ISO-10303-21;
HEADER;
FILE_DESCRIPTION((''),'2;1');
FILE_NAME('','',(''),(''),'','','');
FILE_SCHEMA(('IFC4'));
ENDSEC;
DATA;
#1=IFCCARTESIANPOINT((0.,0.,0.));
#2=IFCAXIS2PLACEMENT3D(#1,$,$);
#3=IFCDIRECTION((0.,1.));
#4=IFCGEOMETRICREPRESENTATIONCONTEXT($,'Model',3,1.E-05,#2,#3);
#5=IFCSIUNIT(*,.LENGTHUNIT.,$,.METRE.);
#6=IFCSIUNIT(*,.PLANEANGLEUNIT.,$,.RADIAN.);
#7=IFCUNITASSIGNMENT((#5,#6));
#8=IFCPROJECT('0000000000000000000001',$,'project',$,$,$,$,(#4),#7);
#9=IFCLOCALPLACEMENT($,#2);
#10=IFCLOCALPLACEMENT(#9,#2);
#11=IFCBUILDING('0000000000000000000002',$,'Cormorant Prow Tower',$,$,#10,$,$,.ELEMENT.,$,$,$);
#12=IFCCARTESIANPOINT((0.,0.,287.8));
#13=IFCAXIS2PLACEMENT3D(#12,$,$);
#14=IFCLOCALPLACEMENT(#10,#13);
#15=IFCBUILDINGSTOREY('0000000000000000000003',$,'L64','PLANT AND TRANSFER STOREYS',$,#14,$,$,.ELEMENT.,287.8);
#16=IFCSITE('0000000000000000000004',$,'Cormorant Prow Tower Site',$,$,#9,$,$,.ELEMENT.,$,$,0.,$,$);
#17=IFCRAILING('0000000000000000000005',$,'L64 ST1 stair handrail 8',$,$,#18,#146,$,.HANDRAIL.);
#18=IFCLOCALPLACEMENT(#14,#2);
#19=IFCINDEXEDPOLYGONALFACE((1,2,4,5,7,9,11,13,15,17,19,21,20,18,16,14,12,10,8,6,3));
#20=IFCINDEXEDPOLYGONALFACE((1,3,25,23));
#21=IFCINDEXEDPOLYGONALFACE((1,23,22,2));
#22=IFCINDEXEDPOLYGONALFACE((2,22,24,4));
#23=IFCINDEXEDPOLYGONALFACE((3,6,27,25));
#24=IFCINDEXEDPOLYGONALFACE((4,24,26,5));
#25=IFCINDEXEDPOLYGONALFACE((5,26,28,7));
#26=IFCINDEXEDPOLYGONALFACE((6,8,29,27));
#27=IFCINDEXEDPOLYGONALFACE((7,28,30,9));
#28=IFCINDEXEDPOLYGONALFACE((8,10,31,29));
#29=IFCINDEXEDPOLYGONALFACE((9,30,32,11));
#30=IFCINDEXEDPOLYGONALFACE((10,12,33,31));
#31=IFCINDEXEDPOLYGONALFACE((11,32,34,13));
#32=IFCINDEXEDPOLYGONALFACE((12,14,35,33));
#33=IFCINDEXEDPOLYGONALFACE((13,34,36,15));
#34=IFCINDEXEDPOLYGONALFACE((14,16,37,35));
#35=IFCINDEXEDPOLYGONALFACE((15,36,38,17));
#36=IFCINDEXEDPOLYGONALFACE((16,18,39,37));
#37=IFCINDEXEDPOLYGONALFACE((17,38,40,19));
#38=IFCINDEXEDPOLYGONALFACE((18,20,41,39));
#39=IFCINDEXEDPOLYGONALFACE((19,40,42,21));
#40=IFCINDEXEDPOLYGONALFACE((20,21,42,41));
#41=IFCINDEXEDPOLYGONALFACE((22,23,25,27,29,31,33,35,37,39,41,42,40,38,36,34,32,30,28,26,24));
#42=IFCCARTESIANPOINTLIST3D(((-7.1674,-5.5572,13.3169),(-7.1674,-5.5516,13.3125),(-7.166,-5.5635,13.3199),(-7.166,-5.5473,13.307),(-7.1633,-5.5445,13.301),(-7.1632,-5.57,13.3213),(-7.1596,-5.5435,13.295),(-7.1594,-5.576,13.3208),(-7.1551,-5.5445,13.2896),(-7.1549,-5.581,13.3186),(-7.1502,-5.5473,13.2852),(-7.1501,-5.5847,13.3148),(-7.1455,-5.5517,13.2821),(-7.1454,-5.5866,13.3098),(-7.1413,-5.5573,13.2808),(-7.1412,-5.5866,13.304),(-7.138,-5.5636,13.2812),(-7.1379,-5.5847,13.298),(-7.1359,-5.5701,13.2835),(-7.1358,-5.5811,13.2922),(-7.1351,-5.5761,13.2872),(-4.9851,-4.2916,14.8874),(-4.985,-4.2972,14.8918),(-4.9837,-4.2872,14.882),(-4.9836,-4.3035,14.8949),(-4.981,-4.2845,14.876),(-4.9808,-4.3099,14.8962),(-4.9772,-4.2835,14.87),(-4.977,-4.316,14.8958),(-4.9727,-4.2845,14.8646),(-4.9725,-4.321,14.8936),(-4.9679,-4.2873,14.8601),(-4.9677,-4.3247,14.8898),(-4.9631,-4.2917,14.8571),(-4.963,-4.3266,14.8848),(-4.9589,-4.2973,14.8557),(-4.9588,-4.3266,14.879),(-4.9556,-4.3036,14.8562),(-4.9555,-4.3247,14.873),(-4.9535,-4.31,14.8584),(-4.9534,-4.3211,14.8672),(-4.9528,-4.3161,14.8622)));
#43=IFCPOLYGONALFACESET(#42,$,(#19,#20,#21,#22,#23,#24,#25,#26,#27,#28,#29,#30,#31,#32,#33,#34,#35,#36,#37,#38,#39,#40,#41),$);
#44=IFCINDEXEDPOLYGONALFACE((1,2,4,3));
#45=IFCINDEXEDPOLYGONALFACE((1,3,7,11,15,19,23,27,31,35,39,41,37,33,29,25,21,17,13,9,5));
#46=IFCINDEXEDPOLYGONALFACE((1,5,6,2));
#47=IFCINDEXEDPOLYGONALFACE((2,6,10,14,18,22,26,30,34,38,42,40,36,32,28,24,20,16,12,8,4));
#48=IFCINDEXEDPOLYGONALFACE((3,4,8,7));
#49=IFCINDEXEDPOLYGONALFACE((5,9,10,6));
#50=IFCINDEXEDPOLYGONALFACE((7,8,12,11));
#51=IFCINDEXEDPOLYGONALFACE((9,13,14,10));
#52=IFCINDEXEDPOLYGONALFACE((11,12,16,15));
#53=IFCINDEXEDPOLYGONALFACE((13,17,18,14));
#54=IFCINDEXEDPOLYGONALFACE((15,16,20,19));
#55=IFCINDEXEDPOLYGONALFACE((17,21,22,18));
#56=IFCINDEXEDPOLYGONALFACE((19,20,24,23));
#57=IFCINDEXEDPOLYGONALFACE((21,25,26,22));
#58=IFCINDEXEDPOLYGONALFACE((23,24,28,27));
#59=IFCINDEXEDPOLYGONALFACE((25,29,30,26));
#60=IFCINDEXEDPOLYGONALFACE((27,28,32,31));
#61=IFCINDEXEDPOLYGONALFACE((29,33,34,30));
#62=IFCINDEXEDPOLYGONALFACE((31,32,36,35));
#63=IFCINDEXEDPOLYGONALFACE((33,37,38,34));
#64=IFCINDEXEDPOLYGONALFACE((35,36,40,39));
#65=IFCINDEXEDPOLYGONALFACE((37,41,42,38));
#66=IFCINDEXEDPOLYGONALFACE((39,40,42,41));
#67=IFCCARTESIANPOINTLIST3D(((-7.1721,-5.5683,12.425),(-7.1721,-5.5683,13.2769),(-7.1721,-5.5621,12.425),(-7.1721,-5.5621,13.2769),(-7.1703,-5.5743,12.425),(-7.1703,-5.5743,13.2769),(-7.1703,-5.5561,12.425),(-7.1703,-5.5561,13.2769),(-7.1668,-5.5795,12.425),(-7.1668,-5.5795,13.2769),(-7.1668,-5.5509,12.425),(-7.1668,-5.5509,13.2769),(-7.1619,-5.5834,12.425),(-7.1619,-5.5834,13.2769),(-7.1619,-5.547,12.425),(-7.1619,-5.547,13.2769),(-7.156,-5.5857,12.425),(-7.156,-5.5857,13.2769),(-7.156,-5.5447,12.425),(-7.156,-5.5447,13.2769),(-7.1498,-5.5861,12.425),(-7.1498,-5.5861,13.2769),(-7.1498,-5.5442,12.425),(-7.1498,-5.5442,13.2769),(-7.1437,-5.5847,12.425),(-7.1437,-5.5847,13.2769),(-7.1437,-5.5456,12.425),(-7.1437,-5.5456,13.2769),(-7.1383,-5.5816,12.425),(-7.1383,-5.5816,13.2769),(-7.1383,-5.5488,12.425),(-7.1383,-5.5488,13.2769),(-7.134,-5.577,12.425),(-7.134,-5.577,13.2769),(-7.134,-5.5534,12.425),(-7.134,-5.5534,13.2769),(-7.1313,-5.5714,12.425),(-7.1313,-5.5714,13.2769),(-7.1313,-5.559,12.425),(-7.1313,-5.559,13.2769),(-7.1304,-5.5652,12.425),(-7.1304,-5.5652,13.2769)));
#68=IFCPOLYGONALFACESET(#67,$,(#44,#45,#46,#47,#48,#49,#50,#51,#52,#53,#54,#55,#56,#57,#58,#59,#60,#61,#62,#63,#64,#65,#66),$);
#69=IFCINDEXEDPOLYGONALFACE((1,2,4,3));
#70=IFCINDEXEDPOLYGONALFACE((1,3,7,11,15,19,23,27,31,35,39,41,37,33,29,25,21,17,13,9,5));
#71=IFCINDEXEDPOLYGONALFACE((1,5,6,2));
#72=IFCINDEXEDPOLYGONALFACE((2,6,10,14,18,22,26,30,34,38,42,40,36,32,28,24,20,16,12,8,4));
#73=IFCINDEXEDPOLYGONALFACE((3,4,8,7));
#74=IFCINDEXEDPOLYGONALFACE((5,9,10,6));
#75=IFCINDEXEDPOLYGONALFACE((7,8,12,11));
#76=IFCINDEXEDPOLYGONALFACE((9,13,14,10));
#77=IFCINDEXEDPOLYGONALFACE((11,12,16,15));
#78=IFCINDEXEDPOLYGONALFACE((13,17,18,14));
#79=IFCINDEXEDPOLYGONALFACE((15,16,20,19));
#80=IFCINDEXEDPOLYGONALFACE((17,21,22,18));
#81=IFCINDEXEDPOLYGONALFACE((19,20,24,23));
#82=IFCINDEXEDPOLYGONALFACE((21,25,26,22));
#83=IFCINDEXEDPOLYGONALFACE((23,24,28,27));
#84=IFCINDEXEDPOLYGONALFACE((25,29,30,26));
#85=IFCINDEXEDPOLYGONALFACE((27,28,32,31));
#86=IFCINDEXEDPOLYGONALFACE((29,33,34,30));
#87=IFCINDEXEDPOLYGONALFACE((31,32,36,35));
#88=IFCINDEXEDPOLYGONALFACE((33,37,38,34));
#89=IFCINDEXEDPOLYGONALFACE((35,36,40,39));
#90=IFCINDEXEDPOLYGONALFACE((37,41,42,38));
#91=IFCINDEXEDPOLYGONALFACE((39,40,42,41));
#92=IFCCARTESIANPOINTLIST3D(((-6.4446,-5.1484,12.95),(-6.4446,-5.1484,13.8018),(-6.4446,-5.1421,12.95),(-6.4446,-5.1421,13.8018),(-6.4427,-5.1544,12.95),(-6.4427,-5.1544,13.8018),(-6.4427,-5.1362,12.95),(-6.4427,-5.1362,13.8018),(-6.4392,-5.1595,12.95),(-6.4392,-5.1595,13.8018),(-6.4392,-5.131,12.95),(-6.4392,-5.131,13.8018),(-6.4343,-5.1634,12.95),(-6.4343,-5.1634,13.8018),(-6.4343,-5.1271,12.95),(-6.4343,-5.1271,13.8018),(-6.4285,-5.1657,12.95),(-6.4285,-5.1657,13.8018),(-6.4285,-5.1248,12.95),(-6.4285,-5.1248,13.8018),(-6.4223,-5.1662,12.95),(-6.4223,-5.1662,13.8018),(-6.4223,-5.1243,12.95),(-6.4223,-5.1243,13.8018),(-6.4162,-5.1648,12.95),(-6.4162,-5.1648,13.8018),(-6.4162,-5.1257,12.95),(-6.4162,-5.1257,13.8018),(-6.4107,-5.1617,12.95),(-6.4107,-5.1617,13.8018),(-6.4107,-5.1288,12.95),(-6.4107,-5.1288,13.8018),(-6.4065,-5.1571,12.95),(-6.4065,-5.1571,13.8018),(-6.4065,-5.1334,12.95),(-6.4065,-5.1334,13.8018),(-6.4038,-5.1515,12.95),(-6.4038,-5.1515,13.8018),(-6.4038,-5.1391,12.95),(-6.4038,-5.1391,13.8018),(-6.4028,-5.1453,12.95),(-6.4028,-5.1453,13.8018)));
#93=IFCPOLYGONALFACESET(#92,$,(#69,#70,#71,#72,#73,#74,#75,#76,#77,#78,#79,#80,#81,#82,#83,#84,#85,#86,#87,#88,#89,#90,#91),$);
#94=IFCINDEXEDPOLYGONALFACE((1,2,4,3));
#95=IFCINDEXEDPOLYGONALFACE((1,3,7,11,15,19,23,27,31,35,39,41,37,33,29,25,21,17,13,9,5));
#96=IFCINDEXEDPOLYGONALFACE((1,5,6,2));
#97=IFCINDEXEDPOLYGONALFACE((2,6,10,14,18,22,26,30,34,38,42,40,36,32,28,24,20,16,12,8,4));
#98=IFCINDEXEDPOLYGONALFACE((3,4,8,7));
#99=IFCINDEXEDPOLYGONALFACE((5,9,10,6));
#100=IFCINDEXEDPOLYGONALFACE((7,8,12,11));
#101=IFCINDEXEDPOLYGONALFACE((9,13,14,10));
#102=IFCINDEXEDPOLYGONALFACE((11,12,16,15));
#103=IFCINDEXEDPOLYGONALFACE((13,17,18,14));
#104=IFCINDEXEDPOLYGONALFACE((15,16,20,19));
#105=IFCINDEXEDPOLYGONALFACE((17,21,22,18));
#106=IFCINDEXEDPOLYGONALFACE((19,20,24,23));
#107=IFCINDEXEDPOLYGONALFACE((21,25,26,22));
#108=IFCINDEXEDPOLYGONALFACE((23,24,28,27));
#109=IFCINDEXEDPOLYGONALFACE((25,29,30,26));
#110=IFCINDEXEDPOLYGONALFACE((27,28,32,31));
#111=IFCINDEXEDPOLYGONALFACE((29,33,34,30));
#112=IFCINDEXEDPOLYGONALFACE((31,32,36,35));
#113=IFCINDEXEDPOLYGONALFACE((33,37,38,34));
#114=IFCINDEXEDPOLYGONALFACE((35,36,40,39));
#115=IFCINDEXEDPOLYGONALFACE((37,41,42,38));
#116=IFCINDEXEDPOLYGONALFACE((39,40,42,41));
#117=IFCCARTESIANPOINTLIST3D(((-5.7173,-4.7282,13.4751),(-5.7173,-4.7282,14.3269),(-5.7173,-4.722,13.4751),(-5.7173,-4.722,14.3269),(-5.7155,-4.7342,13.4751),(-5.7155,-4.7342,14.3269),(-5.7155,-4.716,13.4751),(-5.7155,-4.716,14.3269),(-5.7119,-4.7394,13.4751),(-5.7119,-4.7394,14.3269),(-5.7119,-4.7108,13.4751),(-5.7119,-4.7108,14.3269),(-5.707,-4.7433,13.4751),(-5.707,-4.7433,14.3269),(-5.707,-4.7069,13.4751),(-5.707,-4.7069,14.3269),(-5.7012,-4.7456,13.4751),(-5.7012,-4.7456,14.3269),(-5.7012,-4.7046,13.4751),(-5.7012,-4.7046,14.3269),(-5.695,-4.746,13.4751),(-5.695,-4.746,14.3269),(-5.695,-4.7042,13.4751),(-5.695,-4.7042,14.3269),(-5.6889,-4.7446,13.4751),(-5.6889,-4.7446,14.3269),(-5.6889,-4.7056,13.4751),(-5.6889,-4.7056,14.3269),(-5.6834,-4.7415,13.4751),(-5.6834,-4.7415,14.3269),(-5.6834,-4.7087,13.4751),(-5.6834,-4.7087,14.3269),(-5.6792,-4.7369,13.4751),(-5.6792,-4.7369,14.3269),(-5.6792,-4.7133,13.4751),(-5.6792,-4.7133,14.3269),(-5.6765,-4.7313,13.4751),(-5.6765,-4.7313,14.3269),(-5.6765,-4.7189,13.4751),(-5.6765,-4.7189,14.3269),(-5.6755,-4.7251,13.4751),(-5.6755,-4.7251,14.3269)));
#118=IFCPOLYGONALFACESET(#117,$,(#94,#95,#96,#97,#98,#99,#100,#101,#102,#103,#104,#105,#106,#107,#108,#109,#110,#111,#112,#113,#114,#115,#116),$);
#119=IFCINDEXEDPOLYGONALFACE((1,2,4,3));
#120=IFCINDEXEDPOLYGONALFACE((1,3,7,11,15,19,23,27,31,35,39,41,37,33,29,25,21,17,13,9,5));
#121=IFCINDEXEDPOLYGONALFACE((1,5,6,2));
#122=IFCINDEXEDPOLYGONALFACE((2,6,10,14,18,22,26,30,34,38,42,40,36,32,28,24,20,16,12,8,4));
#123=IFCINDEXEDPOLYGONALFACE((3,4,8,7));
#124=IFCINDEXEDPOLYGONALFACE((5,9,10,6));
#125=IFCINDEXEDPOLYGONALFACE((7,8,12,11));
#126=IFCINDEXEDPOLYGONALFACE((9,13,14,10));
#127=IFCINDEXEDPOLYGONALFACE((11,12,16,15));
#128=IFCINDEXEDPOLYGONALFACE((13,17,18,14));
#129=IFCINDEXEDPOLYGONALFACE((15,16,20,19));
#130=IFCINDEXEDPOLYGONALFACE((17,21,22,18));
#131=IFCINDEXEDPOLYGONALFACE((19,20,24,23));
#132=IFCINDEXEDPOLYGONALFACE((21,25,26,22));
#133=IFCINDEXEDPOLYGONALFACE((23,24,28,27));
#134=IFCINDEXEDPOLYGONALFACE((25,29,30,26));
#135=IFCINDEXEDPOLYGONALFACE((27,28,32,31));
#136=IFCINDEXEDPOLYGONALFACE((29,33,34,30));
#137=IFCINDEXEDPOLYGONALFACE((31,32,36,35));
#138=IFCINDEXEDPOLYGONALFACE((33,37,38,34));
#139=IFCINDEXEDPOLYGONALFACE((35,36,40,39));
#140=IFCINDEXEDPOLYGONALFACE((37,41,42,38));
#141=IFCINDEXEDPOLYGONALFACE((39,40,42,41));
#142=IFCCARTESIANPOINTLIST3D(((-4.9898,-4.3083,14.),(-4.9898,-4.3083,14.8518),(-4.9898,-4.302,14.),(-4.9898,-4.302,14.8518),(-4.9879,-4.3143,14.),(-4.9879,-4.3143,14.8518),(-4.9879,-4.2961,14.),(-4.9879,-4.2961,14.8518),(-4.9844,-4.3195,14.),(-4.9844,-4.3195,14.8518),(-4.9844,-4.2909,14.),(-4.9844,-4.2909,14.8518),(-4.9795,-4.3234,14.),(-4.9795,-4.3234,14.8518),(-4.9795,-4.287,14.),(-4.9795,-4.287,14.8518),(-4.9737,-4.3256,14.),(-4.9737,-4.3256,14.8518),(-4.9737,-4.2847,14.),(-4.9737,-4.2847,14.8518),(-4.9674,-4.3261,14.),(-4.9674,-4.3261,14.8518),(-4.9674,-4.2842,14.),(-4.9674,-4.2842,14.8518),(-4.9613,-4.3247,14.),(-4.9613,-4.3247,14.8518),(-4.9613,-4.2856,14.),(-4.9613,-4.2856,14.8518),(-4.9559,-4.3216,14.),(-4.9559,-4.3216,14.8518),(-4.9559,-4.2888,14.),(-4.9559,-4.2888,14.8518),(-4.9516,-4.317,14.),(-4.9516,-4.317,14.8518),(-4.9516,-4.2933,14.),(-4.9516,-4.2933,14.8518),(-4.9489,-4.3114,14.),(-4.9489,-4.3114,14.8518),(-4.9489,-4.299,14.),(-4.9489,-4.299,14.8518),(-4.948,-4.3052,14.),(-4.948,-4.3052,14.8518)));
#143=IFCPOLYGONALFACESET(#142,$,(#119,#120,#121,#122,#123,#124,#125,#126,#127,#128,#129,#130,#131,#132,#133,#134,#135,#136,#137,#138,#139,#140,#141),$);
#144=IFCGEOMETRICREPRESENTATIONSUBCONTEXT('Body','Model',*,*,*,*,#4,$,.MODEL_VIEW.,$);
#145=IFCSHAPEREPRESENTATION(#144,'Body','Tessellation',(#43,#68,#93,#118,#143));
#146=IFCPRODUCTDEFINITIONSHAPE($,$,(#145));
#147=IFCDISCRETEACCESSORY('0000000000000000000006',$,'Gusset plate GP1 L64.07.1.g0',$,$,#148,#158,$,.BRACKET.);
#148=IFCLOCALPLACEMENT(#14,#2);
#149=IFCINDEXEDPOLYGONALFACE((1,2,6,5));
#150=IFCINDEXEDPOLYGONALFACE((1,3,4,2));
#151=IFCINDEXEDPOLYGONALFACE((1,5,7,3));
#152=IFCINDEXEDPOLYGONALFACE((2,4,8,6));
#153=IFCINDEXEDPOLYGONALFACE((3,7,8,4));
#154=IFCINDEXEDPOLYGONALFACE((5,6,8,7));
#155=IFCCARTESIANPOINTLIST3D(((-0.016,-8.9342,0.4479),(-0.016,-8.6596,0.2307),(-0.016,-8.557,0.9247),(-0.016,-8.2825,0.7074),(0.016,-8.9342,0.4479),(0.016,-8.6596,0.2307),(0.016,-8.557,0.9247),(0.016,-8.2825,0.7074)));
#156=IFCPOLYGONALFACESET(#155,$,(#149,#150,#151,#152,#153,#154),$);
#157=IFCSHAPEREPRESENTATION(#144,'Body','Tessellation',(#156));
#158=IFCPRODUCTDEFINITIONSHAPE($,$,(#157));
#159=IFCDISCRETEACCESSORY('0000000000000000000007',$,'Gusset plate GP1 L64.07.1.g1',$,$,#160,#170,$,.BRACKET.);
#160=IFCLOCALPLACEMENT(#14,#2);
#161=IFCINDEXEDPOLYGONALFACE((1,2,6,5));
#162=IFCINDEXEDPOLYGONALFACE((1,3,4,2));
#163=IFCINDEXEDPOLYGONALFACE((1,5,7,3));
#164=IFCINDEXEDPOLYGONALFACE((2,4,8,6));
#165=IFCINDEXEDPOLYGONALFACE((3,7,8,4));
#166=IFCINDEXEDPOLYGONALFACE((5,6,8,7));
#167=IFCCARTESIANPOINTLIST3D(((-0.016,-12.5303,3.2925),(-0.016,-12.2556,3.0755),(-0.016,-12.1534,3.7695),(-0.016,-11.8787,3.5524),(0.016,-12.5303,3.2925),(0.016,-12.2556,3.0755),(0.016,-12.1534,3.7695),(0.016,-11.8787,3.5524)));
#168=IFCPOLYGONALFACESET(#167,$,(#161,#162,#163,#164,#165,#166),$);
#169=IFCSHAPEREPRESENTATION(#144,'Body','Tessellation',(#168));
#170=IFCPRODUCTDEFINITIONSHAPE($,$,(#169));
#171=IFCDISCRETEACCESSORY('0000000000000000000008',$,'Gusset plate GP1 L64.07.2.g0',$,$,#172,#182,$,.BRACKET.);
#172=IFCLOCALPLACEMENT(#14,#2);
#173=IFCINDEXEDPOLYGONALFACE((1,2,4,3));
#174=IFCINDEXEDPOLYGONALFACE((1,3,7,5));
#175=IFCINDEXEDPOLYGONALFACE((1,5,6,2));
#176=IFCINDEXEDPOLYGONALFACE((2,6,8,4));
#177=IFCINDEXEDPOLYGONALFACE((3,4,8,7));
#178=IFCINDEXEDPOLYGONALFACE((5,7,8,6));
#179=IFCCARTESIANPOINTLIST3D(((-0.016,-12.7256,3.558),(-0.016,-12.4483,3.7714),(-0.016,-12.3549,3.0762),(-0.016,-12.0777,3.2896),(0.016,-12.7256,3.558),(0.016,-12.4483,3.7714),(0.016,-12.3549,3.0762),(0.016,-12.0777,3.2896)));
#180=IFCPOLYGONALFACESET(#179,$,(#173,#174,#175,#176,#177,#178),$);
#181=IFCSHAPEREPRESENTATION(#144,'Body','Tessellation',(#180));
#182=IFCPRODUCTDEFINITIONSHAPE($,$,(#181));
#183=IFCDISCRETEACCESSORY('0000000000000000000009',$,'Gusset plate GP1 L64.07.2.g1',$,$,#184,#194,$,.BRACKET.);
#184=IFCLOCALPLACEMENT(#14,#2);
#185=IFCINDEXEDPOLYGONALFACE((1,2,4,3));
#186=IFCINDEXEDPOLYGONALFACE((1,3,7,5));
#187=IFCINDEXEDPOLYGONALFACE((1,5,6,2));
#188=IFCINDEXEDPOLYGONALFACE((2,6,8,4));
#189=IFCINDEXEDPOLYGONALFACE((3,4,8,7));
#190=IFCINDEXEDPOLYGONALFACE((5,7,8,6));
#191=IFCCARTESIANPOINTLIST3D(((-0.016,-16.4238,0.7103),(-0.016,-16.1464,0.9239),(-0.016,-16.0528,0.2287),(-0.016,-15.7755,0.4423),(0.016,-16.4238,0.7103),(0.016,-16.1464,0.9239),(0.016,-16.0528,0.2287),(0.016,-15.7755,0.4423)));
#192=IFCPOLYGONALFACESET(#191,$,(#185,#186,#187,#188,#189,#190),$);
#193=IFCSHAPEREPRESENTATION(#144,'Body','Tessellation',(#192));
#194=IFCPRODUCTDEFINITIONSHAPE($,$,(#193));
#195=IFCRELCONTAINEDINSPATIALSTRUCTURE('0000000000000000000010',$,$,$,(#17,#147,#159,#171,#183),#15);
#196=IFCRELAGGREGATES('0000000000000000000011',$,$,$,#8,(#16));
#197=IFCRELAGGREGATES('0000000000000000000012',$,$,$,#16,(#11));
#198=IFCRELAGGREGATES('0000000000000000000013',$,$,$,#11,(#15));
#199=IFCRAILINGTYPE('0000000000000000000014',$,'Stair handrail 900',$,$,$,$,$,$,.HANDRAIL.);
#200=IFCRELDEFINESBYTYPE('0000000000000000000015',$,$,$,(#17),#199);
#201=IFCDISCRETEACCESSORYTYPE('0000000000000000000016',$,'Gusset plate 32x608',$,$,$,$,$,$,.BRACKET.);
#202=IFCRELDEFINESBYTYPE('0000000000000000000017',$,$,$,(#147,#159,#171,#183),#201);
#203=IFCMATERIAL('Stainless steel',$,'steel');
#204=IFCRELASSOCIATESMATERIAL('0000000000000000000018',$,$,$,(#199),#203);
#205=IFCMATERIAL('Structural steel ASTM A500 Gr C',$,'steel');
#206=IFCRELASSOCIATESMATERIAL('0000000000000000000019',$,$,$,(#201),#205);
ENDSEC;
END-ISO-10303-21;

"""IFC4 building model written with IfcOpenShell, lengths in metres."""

from ifc_helpers import new_model, si_unit, direction, frame, origin, origin_2d, place, context, subcontext, project, spatial, rectangle, circle, extrude, material, material_profile, profile_set, type_object, element, save


model = new_model("IFC4")

# Units and contexts
model_context = context("Model", 3, precision=1e-05, world=origin(), true_north=direction((0.0, 1.0)))
body_context = subcontext(model_context, "Body", "Model", "MODEL_VIEW")
ifc_project = project(units=[si_unit("LENGTHUNIT", "METRE"), si_unit("PLANEANGLEUNIT", "RADIAN")], contexts=[model_context])

# Site, building, storey
site_placement = place(None, origin())
site = spatial("IfcSite", under=ifc_project, at=site_placement, Name="Cormorant Prow Tower Site", CompositionType="ELEMENT", RefElevation=0.0)
building_placement = place(site_placement, origin())
building = spatial("IfcBuilding", under=site, at=building_placement, Name="Cormorant Prow Tower", CompositionType="ELEMENT")
storey_placement = place(building_placement, frame((0.0, 0.0, 287.8)))
storey = spatial("IfcBuildingStorey", under=building, at=storey_placement, Name="L64", Description="PLANT AND TRANSFER STOREYS", CompositionType="ELEMENT", Elevation=287.8)

# Railing
ifc_material_1 = material(Name="Stainless steel", Category="steel")
railing_type_1 = type_object("IfcRailingType", Name="Stair handrail 900", PredefinedType="HANDRAIL", material=ifc_material_1)
railing_1_placement = place(storey_placement, frame((-7.1514, -5.5652, 12.425)))
element("IfcRailing", 1, at=railing_1_placement, inside=storey, type_object=railing_type_1, Name="L64 ST1 stair handrail 8", PredefinedType="HANDRAIL", context=body_context, shape_type="SweptSolid", body=[
    extrude(circle(Radius=0.0239, at=origin_2d()), frame((0.0, 0.0, 0.876), z_axis=(0.734392, 0.424007, 0.529988), x_axis=(-0.500005, 0.866023, 0.0)), (0.0, 0.0, 1.0), 2.9717),
    extrude(circle(Radius=0.021, at=origin_2d()), origin(), (0.0, 0.0, 1.0), 0.8518),
    extrude(circle(Radius=0.021, at=origin_2d()), frame((0.7275, 0.4199, 0.5249)), (0.0, 0.0, 1.0), 0.8518),
    extrude(circle(Radius=0.021, at=origin_2d()), frame((1.4548, 0.8401, 1.05)), (0.0, 0.0, 1.0), 0.8518),
    extrude(circle(Radius=0.021, at=origin_2d()), frame((2.1824, 1.26, 1.575)), (0.0, 0.0, 1.0), 0.8518),
])

# Discrete accessories
ifc_material_2 = material(Name="Structural steel ASTM A500 Gr C", Category="steel")
ifc_material_profile_1 = material_profile(ifc_material_2, rectangle(XDim=0.032, YDim=0.6079, at=origin_2d()), Name="Gusset plate 32x608")
ifc_profile_set_1 = profile_set([ifc_material_profile_1], Name="Structural steel ASTM A500 Gr C")
discrete_accessory_type = type_object("IfcDiscreteAccessoryType", Name="Gusset plate 32x608", PredefinedType="BRACKET", material=ifc_profile_set_1)
for number, where, z_axis, x_axis, name in (
    (2, (0.0, -8.7456, 0.6863), (0.0, 0.784258, -0.620435), (-1.0, 0.0, 0.0), "Gusset plate GP1 L64.07.1.g0"),
    (3, (0.0, -12.0671, 3.314), (0.0, -0.784597, 0.620006), (1.0, 0.0, 0.0), "Gusset plate GP1 L64.07.1.g1"),
):
    element("IfcDiscreteAccessory", number, at=place(storey_placement, frame(where, z_axis=z_axis, x_axis=x_axis)), inside=storey, type_object=discrete_accessory_type, Name=name, PredefinedType="BRACKET", context=body_context, shape_type="SweptSolid", body=[
        extrude(rectangle(XDim=0.032, YDim=0.6079, at=origin_2d()), origin(), (0.0, 0.0, 1.0), 0.3501),
    ])
discrete_accessory_1_placement = place(storey_placement, frame((0.0, -12.5403, 3.3171), z_axis=(0.0, 0.792572, 0.609778), x_axis=(-1.0, 0.0, 0.0)))
element("IfcDiscreteAccessory", 4, at=discrete_accessory_1_placement, inside=storey, type_object=discrete_accessory_type, Name="Gusset plate GP1 L64.07.2.g0", PredefinedType="BRACKET", context=body_context, shape_type="SweptSolid", body=[
    extrude(rectangle(XDim=0.032, YDim=0.6079, at=origin_2d()), origin(), (0.0, 0.0, 1.0), 0.3499),
])
discrete_accessory_2_placement = place(storey_placement, frame((0.0, -15.9609, 0.6831), z_axis=(0.0, -0.792235, -0.610216), x_axis=(1.0, 0.0, 0.0)))
element("IfcDiscreteAccessory", 5, at=discrete_accessory_2_placement, inside=storey, type_object=discrete_accessory_type, Name="Gusset plate GP1 L64.07.2.g1", PredefinedType="BRACKET", context=body_context, shape_type="SweptSolid", body=[
    extrude(rectangle(XDim=0.032, YDim=0.6079, at=origin_2d()), origin(), (0.0, 0.0, 1.0), 0.3501),
])

save(model, "model.ifc")
